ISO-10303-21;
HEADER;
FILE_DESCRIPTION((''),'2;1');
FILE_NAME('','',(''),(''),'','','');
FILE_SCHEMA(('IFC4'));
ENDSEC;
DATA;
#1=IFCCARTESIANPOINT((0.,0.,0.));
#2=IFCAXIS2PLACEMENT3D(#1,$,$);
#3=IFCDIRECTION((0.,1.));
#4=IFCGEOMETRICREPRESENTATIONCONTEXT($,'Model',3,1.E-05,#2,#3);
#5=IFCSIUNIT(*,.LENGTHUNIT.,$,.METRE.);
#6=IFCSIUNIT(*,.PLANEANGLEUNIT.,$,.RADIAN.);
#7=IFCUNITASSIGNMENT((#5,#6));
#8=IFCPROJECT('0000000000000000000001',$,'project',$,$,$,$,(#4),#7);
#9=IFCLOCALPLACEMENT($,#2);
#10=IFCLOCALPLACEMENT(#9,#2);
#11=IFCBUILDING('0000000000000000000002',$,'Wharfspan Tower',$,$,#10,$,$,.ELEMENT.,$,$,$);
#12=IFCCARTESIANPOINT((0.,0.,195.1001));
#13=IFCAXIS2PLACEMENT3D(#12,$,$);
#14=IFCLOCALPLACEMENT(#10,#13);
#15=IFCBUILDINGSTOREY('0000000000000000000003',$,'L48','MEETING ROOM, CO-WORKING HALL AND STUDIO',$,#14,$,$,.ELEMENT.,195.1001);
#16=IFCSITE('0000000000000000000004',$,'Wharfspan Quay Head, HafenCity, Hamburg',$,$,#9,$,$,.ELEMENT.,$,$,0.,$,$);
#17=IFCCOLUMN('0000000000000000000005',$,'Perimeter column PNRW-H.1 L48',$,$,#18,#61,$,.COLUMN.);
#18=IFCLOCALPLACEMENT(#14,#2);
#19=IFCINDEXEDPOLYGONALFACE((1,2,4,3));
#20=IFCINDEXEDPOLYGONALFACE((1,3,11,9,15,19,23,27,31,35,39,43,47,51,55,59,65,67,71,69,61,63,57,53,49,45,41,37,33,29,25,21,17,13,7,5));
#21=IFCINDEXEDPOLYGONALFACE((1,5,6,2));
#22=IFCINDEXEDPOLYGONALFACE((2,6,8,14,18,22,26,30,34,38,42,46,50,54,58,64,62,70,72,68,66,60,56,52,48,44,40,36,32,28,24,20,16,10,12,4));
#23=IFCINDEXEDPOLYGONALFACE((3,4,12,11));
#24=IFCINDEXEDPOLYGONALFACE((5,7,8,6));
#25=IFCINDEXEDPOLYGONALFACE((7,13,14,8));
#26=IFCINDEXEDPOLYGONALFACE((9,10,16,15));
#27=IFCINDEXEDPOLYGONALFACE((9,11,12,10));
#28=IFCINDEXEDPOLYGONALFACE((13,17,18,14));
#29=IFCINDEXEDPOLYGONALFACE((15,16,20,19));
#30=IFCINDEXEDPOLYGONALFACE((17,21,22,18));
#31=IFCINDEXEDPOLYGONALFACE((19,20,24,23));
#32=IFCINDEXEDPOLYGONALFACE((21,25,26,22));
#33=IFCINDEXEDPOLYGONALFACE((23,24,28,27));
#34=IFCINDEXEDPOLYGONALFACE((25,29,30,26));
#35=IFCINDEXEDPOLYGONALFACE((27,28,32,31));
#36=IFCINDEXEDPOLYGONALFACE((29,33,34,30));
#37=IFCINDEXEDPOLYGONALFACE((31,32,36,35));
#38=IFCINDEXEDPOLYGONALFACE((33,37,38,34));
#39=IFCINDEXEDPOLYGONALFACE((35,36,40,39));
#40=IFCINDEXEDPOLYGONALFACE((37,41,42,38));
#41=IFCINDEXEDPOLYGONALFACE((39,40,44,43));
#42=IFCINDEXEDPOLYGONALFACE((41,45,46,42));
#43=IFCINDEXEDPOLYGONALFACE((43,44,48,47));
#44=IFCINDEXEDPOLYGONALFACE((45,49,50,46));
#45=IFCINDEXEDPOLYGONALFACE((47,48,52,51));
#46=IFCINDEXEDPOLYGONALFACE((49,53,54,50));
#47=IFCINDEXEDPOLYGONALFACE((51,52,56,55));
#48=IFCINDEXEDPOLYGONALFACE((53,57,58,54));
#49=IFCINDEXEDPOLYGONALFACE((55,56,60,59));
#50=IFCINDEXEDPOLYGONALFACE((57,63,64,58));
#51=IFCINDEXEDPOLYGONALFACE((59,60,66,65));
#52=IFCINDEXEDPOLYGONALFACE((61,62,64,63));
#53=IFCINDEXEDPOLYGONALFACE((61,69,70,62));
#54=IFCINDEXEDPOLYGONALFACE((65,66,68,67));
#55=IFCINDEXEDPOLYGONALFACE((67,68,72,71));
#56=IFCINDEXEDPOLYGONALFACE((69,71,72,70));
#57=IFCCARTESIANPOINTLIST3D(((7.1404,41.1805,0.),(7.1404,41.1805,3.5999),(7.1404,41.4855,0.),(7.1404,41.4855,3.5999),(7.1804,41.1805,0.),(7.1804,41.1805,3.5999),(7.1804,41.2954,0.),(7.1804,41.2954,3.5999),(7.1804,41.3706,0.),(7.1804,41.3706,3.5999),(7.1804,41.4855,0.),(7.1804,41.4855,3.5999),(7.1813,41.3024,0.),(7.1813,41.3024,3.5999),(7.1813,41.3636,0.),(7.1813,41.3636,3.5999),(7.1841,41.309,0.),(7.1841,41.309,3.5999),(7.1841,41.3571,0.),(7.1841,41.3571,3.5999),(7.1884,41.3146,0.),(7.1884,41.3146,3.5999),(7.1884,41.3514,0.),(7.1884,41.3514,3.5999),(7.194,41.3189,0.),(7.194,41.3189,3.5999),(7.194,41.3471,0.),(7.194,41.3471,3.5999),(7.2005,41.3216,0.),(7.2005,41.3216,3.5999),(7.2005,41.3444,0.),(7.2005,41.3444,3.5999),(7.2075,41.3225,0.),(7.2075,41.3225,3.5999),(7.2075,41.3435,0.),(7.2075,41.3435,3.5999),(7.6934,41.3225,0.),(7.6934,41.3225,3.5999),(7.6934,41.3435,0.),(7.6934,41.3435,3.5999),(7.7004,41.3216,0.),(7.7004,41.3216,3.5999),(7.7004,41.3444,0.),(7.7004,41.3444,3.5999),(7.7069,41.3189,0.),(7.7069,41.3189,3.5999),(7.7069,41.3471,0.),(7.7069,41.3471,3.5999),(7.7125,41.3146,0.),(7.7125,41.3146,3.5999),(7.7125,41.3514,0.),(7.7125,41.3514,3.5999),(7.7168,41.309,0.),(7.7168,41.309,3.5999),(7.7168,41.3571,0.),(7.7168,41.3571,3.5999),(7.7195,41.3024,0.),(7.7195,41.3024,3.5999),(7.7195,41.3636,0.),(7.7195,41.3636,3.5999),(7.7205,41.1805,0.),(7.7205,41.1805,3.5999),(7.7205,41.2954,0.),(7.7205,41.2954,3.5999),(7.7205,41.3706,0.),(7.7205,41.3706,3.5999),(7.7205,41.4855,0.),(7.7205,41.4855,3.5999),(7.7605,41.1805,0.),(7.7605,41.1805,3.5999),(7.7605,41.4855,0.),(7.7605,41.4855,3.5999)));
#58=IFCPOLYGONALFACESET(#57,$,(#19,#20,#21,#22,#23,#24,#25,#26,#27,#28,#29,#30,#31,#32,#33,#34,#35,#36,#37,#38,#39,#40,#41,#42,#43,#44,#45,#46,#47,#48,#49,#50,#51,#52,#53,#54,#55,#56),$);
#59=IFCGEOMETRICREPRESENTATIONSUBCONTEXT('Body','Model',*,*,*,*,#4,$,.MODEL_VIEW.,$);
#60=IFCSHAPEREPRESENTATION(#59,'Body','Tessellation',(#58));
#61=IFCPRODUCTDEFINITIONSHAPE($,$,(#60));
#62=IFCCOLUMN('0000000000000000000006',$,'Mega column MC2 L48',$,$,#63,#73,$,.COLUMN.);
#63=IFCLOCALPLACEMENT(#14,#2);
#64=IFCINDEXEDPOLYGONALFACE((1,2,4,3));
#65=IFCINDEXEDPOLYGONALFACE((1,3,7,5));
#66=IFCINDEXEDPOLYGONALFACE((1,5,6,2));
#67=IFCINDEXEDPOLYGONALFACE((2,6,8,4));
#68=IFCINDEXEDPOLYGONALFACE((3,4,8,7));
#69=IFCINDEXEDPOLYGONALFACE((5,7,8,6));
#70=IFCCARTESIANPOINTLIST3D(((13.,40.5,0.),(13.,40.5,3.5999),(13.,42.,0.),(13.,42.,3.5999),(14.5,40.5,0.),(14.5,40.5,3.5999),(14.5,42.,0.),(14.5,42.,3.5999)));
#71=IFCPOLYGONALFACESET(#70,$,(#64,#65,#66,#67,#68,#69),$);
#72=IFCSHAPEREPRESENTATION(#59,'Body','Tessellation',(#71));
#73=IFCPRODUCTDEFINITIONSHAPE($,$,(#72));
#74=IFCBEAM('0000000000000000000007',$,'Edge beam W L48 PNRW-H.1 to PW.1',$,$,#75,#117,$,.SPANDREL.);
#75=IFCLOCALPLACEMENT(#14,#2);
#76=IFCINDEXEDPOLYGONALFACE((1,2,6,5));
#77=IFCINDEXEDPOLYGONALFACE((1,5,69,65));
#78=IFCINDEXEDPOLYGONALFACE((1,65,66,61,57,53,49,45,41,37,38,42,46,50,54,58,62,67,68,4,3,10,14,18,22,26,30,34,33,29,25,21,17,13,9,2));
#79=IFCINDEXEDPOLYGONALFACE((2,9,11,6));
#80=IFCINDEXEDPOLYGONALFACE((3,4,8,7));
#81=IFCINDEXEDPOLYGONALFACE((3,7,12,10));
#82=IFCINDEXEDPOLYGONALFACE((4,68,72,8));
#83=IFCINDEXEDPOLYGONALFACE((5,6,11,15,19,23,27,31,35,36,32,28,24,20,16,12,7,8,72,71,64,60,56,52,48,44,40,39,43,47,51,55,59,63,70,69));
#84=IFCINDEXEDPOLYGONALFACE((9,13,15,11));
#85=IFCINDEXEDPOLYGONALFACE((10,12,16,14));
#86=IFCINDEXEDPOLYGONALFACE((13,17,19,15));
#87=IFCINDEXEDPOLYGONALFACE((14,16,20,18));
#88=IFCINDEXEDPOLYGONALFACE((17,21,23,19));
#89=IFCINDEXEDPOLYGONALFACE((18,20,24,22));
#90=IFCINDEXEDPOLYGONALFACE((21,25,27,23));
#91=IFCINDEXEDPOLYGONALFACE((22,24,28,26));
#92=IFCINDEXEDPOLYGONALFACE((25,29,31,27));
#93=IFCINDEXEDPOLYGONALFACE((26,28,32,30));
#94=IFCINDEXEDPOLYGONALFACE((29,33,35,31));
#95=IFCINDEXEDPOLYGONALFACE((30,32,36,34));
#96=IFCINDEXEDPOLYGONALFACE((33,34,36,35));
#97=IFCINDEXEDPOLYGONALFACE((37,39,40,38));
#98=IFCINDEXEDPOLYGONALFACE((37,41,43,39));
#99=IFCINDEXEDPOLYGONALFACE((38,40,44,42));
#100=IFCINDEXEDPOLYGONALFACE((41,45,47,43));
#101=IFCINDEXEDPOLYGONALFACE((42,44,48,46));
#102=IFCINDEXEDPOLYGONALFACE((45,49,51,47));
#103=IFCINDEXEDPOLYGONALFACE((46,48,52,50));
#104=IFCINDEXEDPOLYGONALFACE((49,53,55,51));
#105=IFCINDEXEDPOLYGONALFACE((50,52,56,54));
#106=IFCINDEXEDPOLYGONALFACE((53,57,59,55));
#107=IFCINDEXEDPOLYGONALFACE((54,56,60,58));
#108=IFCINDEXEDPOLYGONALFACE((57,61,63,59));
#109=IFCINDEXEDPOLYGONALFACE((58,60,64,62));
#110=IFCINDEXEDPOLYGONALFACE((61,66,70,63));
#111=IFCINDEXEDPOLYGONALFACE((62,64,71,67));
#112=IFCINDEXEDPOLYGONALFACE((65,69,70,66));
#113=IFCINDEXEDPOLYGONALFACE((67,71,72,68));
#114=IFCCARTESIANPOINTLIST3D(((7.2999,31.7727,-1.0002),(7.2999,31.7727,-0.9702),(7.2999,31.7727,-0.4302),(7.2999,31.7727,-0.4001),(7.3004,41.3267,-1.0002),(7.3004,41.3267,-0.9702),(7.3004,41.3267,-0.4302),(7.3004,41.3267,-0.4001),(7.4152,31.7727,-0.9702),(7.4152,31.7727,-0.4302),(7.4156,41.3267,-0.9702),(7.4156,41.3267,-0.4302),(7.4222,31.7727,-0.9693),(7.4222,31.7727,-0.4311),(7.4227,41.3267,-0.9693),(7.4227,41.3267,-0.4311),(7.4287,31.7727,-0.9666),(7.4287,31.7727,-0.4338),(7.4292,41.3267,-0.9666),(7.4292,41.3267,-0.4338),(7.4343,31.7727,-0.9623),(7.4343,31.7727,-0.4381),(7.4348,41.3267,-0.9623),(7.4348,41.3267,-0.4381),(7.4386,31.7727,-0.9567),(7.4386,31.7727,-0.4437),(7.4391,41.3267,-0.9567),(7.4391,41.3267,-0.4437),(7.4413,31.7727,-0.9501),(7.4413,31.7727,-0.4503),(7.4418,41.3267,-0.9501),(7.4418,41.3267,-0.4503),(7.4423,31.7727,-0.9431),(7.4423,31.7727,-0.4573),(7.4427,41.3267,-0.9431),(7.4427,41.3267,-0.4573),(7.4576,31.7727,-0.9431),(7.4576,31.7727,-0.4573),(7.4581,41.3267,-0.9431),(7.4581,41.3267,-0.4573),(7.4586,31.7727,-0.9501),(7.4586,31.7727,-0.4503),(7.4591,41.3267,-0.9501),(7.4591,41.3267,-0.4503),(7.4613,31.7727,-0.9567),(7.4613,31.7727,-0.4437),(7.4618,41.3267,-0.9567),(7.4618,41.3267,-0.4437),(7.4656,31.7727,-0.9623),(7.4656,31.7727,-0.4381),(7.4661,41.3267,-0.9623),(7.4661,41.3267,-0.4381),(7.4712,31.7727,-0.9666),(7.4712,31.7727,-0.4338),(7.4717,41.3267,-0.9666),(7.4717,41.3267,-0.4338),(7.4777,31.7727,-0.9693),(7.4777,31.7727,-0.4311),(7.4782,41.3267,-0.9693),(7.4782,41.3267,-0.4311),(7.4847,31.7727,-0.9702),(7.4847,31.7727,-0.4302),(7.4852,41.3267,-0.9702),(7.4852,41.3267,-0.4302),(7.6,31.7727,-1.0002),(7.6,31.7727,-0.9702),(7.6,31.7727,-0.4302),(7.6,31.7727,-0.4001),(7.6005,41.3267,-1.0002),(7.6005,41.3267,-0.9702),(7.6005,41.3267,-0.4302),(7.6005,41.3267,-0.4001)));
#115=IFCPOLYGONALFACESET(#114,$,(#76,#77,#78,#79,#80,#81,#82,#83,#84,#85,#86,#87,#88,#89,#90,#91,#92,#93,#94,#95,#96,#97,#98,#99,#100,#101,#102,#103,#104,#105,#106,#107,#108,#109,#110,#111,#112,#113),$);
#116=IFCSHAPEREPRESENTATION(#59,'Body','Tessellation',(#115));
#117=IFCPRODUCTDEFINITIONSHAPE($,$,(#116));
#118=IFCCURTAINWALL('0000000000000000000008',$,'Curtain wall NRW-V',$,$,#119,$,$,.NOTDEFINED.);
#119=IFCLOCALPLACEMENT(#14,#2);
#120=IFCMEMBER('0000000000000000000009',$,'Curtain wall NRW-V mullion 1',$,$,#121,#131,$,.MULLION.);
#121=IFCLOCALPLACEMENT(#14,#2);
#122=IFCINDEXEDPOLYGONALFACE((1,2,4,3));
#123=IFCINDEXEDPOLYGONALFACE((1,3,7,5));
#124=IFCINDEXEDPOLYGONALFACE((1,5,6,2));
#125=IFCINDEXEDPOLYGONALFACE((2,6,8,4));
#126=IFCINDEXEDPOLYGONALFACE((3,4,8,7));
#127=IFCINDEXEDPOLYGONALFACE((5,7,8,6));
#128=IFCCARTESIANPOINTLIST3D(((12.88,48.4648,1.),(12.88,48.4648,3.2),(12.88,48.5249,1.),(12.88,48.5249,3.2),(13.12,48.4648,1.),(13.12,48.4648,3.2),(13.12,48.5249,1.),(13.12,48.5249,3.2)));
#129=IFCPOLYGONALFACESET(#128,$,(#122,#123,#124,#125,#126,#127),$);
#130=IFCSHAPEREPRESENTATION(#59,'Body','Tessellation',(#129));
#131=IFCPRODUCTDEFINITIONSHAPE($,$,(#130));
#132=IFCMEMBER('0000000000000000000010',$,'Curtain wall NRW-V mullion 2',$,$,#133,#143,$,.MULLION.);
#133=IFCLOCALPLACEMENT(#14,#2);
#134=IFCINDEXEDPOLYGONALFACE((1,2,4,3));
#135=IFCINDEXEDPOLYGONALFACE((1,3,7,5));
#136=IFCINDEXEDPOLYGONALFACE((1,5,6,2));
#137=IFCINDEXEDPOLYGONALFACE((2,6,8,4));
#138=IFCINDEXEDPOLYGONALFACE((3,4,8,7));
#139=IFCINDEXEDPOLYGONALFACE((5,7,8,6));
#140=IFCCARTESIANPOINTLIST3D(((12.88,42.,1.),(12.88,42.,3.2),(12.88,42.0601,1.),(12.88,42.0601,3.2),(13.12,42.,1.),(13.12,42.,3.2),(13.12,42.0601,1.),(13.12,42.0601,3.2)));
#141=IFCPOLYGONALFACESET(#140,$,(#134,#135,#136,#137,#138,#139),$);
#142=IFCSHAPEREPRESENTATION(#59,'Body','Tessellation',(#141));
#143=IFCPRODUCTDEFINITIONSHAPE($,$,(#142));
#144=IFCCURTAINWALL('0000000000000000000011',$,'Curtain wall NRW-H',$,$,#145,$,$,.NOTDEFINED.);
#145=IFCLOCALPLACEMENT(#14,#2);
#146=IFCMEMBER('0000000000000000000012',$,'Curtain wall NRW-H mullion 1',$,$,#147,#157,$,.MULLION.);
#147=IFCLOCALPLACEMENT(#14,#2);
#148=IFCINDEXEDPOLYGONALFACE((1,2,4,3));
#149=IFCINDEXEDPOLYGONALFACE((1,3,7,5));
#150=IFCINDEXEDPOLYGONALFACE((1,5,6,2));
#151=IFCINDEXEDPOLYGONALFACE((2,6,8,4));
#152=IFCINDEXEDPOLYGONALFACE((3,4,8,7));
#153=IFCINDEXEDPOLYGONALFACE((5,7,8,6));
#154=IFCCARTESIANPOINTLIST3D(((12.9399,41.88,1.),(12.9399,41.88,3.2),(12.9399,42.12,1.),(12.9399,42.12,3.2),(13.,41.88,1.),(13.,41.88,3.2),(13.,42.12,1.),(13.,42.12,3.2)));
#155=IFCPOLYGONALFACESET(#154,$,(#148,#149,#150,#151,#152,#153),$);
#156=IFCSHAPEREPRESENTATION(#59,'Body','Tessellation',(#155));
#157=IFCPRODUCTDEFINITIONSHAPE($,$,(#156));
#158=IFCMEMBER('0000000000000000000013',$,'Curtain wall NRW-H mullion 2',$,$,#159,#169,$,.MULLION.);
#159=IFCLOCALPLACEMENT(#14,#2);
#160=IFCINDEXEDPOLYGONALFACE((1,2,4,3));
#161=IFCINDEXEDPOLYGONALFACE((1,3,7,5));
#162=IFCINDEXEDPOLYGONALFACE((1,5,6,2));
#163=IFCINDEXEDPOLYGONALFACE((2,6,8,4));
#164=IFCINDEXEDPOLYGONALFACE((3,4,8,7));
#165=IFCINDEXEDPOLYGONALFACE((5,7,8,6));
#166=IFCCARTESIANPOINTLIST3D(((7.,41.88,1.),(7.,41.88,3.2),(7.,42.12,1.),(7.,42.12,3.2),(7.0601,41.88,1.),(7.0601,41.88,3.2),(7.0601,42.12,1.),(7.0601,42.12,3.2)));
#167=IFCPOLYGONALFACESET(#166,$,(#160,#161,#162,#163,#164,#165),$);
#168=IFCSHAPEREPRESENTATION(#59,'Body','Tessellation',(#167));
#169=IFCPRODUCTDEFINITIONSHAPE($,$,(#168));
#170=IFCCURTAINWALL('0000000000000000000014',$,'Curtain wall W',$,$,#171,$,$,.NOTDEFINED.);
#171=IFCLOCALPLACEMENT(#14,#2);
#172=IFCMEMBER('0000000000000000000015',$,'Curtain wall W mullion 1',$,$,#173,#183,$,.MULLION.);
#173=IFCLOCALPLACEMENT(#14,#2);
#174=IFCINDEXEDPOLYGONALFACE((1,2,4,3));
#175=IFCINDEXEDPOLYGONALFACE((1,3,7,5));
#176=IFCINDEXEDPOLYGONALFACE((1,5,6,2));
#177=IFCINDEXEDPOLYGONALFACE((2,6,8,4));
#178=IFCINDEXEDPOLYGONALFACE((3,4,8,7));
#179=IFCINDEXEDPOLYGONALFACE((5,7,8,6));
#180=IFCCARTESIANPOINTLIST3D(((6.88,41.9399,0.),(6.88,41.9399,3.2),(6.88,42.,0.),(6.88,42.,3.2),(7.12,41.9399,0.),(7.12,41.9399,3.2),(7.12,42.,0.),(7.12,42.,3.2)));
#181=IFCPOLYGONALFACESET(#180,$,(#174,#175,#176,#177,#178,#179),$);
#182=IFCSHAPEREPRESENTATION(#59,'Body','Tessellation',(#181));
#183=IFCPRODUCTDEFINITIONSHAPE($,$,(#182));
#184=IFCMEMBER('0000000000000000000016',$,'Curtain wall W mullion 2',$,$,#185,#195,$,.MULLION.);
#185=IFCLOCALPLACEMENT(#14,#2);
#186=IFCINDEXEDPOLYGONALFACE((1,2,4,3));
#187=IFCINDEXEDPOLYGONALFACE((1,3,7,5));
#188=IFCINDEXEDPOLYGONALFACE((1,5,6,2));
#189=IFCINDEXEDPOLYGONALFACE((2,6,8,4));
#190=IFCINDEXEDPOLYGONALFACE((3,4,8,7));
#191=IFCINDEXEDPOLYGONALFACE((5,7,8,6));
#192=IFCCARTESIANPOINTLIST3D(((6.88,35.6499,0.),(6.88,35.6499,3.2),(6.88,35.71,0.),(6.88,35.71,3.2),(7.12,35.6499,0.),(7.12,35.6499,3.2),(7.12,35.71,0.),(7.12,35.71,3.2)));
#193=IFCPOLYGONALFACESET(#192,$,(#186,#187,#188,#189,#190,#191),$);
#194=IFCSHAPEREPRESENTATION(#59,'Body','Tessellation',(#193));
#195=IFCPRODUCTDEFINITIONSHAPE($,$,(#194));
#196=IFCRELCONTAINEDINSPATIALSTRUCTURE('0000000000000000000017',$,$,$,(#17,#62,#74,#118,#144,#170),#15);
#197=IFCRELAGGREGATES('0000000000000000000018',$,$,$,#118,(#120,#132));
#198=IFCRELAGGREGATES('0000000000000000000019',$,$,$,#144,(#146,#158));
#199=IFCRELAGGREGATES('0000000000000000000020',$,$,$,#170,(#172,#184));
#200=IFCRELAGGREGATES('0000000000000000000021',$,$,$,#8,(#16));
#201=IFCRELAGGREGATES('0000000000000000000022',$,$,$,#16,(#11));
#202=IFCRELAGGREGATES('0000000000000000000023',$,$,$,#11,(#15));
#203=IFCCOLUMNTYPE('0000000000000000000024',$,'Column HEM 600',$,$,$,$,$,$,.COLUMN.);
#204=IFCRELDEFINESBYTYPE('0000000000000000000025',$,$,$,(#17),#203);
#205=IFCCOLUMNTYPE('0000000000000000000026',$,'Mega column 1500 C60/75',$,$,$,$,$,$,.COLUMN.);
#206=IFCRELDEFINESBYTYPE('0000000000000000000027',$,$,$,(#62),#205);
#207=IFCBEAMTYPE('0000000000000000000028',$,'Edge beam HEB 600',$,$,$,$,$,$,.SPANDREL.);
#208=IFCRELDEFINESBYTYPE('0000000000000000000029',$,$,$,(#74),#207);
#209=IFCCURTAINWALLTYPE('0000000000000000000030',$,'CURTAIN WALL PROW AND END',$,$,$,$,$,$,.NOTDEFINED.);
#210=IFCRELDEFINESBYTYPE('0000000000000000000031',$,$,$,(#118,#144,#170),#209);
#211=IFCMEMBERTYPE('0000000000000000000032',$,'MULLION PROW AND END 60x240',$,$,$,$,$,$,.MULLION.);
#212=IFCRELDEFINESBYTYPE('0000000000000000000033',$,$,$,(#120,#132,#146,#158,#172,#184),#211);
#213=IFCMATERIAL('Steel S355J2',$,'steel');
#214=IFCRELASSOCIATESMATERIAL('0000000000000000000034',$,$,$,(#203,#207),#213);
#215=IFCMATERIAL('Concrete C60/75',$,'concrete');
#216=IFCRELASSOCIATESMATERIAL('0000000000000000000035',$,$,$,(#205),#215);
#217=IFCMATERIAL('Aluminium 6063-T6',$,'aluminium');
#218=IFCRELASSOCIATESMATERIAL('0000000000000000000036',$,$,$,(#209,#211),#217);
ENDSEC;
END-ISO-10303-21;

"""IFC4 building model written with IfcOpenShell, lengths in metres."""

from ifc_helpers import new_model, si_unit, direction, frame, origin, origin_2d, place, context, subcontext, project, spatial, rectangle, i_section, extrude, material, material_profile, profile_set, type_object, element, aggregate, save


model = new_model("IFC4")

# Units and contexts
model_context = context("Model", 3, precision=1e-05, world=origin(), true_north=direction((0.0, 1.0)))
body_context = subcontext(model_context, "Body", "Model", "MODEL_VIEW")
ifc_project = project(units=[si_unit("LENGTHUNIT", "METRE"), si_unit("PLANEANGLEUNIT", "RADIAN")], contexts=[model_context])

# Site, building, storey
site_placement = place(None, origin())
site = spatial("IfcSite", under=ifc_project, at=site_placement, Name="Wharfspan Quay Head, HafenCity, Hamburg", CompositionType="ELEMENT", RefElevation=0.0)
building_placement = place(site_placement, origin())
building = spatial("IfcBuilding", under=site, at=building_placement, Name="Wharfspan Tower", CompositionType="ELEMENT")
storey_placement = place(building_placement, frame((0.0, 0.0, 195.1001)))
storey = spatial("IfcBuildingStorey", under=building, at=storey_placement, Name="L48", Description="MEETING ROOM, CO-WORKING HALL AND STUDIO", CompositionType="ELEMENT", Elevation=195.1001)

# Columns
ifc_material_1 = material(Name="Steel S355J2", Category="steel")
ifc_material_profile_1 = material_profile(ifc_material_1, i_section(OverallWidth=0.3049, OverallDepth=0.6201, WebThickness=0.021, FlangeThickness=0.04, FilletRadius=0.0271, at=origin_2d()))
ifc_profile_set_1 = profile_set([ifc_material_profile_1], Name="Steel S355J2")
column_type_1 = type_object("IfcColumnType", Name="Column HEM 600", PredefinedType="COLUMN", material=ifc_profile_set_1)
column_1_placement = place(storey_placement, frame((7.4504, 41.333, 0.0), z_axis=(0.0, 0.0, 1.0), x_axis=(0.0, 1.0, 0.0)))
element("IfcColumn", 1, at=column_1_placement, inside=storey, type_object=column_type_1, Name="Perimeter column PNRW-H.1 L48", PredefinedType="COLUMN", context=body_context, shape_type="SweptSolid", body=[
    extrude(i_section(OverallWidth=0.3049, OverallDepth=0.6201, WebThickness=0.021, FlangeThickness=0.04, FilletRadius=0.0271, at=origin_2d()), origin(), (0.0, 0.0, 1.0), 3.5999),
])
ifc_material_2 = material(Name="Concrete C60/75", Category="concrete")
ifc_material_profile_2 = material_profile(ifc_material_2, rectangle(XDim=1.5, YDim=1.5, at=origin_2d()))
ifc_profile_set_2 = profile_set([ifc_material_profile_2], Name="Concrete C60/75")
column_type_2 = type_object("IfcColumnType", Name="Mega column 1500 C60/75", PredefinedType="COLUMN", material=ifc_profile_set_2)
column_2_placement = place(storey_placement, frame((13.75, 41.25, 0.0), z_axis=(0.0, 0.0, 1.0), x_axis=(1.0, 0.0, 0.0)))
element("IfcColumn", 2, at=column_2_placement, inside=storey, type_object=column_type_2, Name="Mega column MC2 L48", PredefinedType="COLUMN", context=body_context, shape_type="SweptSolid", body=[
    extrude(rectangle(XDim=1.5, YDim=1.5, at=origin_2d()), origin(), (0.0, 0.0, 1.0), 3.5999),
])

# Beam
ifc_material_profile_3 = material_profile(ifc_material_1, i_section(OverallWidth=0.3, OverallDepth=0.6001, WebThickness=0.0154, FlangeThickness=0.03, FilletRadius=0.0271, at=origin_2d()))
ifc_profile_set_3 = profile_set([ifc_material_profile_3], Name="Steel S355J2")
beam_type = type_object("IfcBeamType", Name="Edge beam HEB 600", PredefinedType="SPANDREL", material=ifc_profile_set_3)
beam_placement = place(storey_placement, frame((7.4504, 41.3267, -0.7002), z_axis=(-0.000051, -1.0, 0.0), x_axis=(1.0, -0.000051, 0.0)))
element("IfcBeam", 3, at=beam_placement, inside=storey, type_object=beam_type, Name="Edge beam W L48 PNRW-H.1 to PW.1", PredefinedType="SPANDREL", context=body_context, shape_type="SweptSolid", body=[
    extrude(i_section(OverallWidth=0.3, OverallDepth=0.6001, WebThickness=0.0154, FlangeThickness=0.03, FilletRadius=0.0271, at=origin_2d()), origin(), (0.0, 0.0, 1.0), 9.554),
])

# Curtain walls, members
ifc_material_3 = material(Name="Aluminium 6063-T6", Category="aluminium")
curtain_wall_type = type_object("IfcCurtainWallType", Name="CURTAIN WALL PROW AND END", PredefinedType="NOTDEFINED", material=ifc_material_3)
curtain_wall_1_placement = place(storey_placement, origin())
curtain_wall_1 = element("IfcCurtainWall", 4, at=curtain_wall_1_placement, inside=storey, type_object=curtain_wall_type, Name="Curtain wall NRW-V", PredefinedType="NOTDEFINED")
ifc_material_profile_4 = material_profile(ifc_material_3, rectangle(XDim=0.24, YDim=0.0601, at=origin_2d()))
ifc_profile_set_4 = profile_set([ifc_material_profile_4], Name="Aluminium 6063-T6")
member_type_1 = type_object("IfcMemberType", Name="MULLION PROW AND END 60x240", PredefinedType="MULLION", material=ifc_profile_set_4)
member_1_placement = place(storey_placement, frame((13.0, 48.4949, 1.0), z_axis=(0.0, 0.0, 1.0), x_axis=(1.0, 0.0, 0.0)))
member_1 = element("IfcMember", 5, at=member_1_placement, type_object=member_type_1, Name="Curtain wall NRW-V mullion 1", PredefinedType="MULLION", context=body_context, shape_type="SweptSolid", body=[
    extrude(rectangle(XDim=0.24, YDim=0.0601, at=origin_2d()), origin(), (0.0, 0.0, 1.0), 2.2),
])
member_2_placement = place(storey_placement, frame((13.0, 42.03, 1.0), z_axis=(0.0, 0.0, 1.0), x_axis=(1.0, 0.0, 0.0)))
member_2 = element("IfcMember", 6, at=member_2_placement, type_object=member_type_1, Name="Curtain wall NRW-V mullion 2", PredefinedType="MULLION", context=body_context, shape_type="SweptSolid", body=[
    extrude(rectangle(XDim=0.24, YDim=0.0601, at=origin_2d()), origin(), (0.0, 0.0, 1.0), 2.2),
])
curtain_wall_2_placement = place(storey_placement, origin())
curtain_wall_2 = element("IfcCurtainWall", 7, at=curtain_wall_2_placement, inside=storey, type_object=curtain_wall_type, Name="Curtain wall NRW-H", PredefinedType="NOTDEFINED")
member_3_placement = place(storey_placement, frame((12.97, 42.0, 1.0), z_axis=(0.0, 0.0, 1.0), x_axis=(0.0, -1.0, 0.0)))
member_3 = element("IfcMember", 8, at=member_3_placement, type_object=member_type_1, Name="Curtain wall NRW-H mullion 1", PredefinedType="MULLION", context=body_context, shape_type="SweptSolid", body=[
    extrude(rectangle(XDim=0.24, YDim=0.0601, at=origin_2d()), origin(), (0.0, 0.0, 1.0), 2.2),
])
member_4_placement = place(storey_placement, frame((7.03, 42.0, 1.0), z_axis=(0.0, 0.0, 1.0), x_axis=(0.0, -1.0, 0.0)))
member_4 = element("IfcMember", 9, at=member_4_placement, type_object=member_type_1, Name="Curtain wall NRW-H mullion 2", PredefinedType="MULLION", context=body_context, shape_type="SweptSolid", body=[
    extrude(rectangle(XDim=0.24, YDim=0.0601, at=origin_2d()), origin(), (0.0, 0.0, 1.0), 2.2),
])
curtain_wall_3_placement = place(storey_placement, origin())
curtain_wall_3 = element("IfcCurtainWall", 10, at=curtain_wall_3_placement, inside=storey, type_object=curtain_wall_type, Name="Curtain wall W", PredefinedType="NOTDEFINED")
member_5_placement = place(storey_placement, frame((7.0, 41.97, 0.0), z_axis=(0.0, 0.0, 1.0), x_axis=(1.0, 0.0, 0.0)))
member_5 = element("IfcMember", 11, at=member_5_placement, type_object=member_type_1, Name="Curtain wall W mullion 1", PredefinedType="MULLION", context=body_context, shape_type="SweptSolid", body=[
    extrude(rectangle(XDim=0.24, YDim=0.0601, at=origin_2d()), origin(), (0.0, 0.0, 1.0), 3.2),
])
member_6_placement = place(storey_placement, frame((7.0, 35.6799, 0.0), z_axis=(0.0, 0.0, 1.0), x_axis=(1.0, 0.0, 0.0)))
member_6 = element("IfcMember", 12, at=member_6_placement, type_object=member_type_1, Name="Curtain wall W mullion 2", PredefinedType="MULLION", context=body_context, shape_type="SweptSolid", body=[
    extrude(rectangle(XDim=0.24, YDim=0.0601, at=origin_2d()), origin(), (0.0, 0.0, 1.0), 3.2),
])

aggregate(curtain_wall_1, [member_1, member_2])
aggregate(curtain_wall_2, [member_3, member_4])
aggregate(curtain_wall_3, [member_5, member_6])

save(model, "model.ifc")
